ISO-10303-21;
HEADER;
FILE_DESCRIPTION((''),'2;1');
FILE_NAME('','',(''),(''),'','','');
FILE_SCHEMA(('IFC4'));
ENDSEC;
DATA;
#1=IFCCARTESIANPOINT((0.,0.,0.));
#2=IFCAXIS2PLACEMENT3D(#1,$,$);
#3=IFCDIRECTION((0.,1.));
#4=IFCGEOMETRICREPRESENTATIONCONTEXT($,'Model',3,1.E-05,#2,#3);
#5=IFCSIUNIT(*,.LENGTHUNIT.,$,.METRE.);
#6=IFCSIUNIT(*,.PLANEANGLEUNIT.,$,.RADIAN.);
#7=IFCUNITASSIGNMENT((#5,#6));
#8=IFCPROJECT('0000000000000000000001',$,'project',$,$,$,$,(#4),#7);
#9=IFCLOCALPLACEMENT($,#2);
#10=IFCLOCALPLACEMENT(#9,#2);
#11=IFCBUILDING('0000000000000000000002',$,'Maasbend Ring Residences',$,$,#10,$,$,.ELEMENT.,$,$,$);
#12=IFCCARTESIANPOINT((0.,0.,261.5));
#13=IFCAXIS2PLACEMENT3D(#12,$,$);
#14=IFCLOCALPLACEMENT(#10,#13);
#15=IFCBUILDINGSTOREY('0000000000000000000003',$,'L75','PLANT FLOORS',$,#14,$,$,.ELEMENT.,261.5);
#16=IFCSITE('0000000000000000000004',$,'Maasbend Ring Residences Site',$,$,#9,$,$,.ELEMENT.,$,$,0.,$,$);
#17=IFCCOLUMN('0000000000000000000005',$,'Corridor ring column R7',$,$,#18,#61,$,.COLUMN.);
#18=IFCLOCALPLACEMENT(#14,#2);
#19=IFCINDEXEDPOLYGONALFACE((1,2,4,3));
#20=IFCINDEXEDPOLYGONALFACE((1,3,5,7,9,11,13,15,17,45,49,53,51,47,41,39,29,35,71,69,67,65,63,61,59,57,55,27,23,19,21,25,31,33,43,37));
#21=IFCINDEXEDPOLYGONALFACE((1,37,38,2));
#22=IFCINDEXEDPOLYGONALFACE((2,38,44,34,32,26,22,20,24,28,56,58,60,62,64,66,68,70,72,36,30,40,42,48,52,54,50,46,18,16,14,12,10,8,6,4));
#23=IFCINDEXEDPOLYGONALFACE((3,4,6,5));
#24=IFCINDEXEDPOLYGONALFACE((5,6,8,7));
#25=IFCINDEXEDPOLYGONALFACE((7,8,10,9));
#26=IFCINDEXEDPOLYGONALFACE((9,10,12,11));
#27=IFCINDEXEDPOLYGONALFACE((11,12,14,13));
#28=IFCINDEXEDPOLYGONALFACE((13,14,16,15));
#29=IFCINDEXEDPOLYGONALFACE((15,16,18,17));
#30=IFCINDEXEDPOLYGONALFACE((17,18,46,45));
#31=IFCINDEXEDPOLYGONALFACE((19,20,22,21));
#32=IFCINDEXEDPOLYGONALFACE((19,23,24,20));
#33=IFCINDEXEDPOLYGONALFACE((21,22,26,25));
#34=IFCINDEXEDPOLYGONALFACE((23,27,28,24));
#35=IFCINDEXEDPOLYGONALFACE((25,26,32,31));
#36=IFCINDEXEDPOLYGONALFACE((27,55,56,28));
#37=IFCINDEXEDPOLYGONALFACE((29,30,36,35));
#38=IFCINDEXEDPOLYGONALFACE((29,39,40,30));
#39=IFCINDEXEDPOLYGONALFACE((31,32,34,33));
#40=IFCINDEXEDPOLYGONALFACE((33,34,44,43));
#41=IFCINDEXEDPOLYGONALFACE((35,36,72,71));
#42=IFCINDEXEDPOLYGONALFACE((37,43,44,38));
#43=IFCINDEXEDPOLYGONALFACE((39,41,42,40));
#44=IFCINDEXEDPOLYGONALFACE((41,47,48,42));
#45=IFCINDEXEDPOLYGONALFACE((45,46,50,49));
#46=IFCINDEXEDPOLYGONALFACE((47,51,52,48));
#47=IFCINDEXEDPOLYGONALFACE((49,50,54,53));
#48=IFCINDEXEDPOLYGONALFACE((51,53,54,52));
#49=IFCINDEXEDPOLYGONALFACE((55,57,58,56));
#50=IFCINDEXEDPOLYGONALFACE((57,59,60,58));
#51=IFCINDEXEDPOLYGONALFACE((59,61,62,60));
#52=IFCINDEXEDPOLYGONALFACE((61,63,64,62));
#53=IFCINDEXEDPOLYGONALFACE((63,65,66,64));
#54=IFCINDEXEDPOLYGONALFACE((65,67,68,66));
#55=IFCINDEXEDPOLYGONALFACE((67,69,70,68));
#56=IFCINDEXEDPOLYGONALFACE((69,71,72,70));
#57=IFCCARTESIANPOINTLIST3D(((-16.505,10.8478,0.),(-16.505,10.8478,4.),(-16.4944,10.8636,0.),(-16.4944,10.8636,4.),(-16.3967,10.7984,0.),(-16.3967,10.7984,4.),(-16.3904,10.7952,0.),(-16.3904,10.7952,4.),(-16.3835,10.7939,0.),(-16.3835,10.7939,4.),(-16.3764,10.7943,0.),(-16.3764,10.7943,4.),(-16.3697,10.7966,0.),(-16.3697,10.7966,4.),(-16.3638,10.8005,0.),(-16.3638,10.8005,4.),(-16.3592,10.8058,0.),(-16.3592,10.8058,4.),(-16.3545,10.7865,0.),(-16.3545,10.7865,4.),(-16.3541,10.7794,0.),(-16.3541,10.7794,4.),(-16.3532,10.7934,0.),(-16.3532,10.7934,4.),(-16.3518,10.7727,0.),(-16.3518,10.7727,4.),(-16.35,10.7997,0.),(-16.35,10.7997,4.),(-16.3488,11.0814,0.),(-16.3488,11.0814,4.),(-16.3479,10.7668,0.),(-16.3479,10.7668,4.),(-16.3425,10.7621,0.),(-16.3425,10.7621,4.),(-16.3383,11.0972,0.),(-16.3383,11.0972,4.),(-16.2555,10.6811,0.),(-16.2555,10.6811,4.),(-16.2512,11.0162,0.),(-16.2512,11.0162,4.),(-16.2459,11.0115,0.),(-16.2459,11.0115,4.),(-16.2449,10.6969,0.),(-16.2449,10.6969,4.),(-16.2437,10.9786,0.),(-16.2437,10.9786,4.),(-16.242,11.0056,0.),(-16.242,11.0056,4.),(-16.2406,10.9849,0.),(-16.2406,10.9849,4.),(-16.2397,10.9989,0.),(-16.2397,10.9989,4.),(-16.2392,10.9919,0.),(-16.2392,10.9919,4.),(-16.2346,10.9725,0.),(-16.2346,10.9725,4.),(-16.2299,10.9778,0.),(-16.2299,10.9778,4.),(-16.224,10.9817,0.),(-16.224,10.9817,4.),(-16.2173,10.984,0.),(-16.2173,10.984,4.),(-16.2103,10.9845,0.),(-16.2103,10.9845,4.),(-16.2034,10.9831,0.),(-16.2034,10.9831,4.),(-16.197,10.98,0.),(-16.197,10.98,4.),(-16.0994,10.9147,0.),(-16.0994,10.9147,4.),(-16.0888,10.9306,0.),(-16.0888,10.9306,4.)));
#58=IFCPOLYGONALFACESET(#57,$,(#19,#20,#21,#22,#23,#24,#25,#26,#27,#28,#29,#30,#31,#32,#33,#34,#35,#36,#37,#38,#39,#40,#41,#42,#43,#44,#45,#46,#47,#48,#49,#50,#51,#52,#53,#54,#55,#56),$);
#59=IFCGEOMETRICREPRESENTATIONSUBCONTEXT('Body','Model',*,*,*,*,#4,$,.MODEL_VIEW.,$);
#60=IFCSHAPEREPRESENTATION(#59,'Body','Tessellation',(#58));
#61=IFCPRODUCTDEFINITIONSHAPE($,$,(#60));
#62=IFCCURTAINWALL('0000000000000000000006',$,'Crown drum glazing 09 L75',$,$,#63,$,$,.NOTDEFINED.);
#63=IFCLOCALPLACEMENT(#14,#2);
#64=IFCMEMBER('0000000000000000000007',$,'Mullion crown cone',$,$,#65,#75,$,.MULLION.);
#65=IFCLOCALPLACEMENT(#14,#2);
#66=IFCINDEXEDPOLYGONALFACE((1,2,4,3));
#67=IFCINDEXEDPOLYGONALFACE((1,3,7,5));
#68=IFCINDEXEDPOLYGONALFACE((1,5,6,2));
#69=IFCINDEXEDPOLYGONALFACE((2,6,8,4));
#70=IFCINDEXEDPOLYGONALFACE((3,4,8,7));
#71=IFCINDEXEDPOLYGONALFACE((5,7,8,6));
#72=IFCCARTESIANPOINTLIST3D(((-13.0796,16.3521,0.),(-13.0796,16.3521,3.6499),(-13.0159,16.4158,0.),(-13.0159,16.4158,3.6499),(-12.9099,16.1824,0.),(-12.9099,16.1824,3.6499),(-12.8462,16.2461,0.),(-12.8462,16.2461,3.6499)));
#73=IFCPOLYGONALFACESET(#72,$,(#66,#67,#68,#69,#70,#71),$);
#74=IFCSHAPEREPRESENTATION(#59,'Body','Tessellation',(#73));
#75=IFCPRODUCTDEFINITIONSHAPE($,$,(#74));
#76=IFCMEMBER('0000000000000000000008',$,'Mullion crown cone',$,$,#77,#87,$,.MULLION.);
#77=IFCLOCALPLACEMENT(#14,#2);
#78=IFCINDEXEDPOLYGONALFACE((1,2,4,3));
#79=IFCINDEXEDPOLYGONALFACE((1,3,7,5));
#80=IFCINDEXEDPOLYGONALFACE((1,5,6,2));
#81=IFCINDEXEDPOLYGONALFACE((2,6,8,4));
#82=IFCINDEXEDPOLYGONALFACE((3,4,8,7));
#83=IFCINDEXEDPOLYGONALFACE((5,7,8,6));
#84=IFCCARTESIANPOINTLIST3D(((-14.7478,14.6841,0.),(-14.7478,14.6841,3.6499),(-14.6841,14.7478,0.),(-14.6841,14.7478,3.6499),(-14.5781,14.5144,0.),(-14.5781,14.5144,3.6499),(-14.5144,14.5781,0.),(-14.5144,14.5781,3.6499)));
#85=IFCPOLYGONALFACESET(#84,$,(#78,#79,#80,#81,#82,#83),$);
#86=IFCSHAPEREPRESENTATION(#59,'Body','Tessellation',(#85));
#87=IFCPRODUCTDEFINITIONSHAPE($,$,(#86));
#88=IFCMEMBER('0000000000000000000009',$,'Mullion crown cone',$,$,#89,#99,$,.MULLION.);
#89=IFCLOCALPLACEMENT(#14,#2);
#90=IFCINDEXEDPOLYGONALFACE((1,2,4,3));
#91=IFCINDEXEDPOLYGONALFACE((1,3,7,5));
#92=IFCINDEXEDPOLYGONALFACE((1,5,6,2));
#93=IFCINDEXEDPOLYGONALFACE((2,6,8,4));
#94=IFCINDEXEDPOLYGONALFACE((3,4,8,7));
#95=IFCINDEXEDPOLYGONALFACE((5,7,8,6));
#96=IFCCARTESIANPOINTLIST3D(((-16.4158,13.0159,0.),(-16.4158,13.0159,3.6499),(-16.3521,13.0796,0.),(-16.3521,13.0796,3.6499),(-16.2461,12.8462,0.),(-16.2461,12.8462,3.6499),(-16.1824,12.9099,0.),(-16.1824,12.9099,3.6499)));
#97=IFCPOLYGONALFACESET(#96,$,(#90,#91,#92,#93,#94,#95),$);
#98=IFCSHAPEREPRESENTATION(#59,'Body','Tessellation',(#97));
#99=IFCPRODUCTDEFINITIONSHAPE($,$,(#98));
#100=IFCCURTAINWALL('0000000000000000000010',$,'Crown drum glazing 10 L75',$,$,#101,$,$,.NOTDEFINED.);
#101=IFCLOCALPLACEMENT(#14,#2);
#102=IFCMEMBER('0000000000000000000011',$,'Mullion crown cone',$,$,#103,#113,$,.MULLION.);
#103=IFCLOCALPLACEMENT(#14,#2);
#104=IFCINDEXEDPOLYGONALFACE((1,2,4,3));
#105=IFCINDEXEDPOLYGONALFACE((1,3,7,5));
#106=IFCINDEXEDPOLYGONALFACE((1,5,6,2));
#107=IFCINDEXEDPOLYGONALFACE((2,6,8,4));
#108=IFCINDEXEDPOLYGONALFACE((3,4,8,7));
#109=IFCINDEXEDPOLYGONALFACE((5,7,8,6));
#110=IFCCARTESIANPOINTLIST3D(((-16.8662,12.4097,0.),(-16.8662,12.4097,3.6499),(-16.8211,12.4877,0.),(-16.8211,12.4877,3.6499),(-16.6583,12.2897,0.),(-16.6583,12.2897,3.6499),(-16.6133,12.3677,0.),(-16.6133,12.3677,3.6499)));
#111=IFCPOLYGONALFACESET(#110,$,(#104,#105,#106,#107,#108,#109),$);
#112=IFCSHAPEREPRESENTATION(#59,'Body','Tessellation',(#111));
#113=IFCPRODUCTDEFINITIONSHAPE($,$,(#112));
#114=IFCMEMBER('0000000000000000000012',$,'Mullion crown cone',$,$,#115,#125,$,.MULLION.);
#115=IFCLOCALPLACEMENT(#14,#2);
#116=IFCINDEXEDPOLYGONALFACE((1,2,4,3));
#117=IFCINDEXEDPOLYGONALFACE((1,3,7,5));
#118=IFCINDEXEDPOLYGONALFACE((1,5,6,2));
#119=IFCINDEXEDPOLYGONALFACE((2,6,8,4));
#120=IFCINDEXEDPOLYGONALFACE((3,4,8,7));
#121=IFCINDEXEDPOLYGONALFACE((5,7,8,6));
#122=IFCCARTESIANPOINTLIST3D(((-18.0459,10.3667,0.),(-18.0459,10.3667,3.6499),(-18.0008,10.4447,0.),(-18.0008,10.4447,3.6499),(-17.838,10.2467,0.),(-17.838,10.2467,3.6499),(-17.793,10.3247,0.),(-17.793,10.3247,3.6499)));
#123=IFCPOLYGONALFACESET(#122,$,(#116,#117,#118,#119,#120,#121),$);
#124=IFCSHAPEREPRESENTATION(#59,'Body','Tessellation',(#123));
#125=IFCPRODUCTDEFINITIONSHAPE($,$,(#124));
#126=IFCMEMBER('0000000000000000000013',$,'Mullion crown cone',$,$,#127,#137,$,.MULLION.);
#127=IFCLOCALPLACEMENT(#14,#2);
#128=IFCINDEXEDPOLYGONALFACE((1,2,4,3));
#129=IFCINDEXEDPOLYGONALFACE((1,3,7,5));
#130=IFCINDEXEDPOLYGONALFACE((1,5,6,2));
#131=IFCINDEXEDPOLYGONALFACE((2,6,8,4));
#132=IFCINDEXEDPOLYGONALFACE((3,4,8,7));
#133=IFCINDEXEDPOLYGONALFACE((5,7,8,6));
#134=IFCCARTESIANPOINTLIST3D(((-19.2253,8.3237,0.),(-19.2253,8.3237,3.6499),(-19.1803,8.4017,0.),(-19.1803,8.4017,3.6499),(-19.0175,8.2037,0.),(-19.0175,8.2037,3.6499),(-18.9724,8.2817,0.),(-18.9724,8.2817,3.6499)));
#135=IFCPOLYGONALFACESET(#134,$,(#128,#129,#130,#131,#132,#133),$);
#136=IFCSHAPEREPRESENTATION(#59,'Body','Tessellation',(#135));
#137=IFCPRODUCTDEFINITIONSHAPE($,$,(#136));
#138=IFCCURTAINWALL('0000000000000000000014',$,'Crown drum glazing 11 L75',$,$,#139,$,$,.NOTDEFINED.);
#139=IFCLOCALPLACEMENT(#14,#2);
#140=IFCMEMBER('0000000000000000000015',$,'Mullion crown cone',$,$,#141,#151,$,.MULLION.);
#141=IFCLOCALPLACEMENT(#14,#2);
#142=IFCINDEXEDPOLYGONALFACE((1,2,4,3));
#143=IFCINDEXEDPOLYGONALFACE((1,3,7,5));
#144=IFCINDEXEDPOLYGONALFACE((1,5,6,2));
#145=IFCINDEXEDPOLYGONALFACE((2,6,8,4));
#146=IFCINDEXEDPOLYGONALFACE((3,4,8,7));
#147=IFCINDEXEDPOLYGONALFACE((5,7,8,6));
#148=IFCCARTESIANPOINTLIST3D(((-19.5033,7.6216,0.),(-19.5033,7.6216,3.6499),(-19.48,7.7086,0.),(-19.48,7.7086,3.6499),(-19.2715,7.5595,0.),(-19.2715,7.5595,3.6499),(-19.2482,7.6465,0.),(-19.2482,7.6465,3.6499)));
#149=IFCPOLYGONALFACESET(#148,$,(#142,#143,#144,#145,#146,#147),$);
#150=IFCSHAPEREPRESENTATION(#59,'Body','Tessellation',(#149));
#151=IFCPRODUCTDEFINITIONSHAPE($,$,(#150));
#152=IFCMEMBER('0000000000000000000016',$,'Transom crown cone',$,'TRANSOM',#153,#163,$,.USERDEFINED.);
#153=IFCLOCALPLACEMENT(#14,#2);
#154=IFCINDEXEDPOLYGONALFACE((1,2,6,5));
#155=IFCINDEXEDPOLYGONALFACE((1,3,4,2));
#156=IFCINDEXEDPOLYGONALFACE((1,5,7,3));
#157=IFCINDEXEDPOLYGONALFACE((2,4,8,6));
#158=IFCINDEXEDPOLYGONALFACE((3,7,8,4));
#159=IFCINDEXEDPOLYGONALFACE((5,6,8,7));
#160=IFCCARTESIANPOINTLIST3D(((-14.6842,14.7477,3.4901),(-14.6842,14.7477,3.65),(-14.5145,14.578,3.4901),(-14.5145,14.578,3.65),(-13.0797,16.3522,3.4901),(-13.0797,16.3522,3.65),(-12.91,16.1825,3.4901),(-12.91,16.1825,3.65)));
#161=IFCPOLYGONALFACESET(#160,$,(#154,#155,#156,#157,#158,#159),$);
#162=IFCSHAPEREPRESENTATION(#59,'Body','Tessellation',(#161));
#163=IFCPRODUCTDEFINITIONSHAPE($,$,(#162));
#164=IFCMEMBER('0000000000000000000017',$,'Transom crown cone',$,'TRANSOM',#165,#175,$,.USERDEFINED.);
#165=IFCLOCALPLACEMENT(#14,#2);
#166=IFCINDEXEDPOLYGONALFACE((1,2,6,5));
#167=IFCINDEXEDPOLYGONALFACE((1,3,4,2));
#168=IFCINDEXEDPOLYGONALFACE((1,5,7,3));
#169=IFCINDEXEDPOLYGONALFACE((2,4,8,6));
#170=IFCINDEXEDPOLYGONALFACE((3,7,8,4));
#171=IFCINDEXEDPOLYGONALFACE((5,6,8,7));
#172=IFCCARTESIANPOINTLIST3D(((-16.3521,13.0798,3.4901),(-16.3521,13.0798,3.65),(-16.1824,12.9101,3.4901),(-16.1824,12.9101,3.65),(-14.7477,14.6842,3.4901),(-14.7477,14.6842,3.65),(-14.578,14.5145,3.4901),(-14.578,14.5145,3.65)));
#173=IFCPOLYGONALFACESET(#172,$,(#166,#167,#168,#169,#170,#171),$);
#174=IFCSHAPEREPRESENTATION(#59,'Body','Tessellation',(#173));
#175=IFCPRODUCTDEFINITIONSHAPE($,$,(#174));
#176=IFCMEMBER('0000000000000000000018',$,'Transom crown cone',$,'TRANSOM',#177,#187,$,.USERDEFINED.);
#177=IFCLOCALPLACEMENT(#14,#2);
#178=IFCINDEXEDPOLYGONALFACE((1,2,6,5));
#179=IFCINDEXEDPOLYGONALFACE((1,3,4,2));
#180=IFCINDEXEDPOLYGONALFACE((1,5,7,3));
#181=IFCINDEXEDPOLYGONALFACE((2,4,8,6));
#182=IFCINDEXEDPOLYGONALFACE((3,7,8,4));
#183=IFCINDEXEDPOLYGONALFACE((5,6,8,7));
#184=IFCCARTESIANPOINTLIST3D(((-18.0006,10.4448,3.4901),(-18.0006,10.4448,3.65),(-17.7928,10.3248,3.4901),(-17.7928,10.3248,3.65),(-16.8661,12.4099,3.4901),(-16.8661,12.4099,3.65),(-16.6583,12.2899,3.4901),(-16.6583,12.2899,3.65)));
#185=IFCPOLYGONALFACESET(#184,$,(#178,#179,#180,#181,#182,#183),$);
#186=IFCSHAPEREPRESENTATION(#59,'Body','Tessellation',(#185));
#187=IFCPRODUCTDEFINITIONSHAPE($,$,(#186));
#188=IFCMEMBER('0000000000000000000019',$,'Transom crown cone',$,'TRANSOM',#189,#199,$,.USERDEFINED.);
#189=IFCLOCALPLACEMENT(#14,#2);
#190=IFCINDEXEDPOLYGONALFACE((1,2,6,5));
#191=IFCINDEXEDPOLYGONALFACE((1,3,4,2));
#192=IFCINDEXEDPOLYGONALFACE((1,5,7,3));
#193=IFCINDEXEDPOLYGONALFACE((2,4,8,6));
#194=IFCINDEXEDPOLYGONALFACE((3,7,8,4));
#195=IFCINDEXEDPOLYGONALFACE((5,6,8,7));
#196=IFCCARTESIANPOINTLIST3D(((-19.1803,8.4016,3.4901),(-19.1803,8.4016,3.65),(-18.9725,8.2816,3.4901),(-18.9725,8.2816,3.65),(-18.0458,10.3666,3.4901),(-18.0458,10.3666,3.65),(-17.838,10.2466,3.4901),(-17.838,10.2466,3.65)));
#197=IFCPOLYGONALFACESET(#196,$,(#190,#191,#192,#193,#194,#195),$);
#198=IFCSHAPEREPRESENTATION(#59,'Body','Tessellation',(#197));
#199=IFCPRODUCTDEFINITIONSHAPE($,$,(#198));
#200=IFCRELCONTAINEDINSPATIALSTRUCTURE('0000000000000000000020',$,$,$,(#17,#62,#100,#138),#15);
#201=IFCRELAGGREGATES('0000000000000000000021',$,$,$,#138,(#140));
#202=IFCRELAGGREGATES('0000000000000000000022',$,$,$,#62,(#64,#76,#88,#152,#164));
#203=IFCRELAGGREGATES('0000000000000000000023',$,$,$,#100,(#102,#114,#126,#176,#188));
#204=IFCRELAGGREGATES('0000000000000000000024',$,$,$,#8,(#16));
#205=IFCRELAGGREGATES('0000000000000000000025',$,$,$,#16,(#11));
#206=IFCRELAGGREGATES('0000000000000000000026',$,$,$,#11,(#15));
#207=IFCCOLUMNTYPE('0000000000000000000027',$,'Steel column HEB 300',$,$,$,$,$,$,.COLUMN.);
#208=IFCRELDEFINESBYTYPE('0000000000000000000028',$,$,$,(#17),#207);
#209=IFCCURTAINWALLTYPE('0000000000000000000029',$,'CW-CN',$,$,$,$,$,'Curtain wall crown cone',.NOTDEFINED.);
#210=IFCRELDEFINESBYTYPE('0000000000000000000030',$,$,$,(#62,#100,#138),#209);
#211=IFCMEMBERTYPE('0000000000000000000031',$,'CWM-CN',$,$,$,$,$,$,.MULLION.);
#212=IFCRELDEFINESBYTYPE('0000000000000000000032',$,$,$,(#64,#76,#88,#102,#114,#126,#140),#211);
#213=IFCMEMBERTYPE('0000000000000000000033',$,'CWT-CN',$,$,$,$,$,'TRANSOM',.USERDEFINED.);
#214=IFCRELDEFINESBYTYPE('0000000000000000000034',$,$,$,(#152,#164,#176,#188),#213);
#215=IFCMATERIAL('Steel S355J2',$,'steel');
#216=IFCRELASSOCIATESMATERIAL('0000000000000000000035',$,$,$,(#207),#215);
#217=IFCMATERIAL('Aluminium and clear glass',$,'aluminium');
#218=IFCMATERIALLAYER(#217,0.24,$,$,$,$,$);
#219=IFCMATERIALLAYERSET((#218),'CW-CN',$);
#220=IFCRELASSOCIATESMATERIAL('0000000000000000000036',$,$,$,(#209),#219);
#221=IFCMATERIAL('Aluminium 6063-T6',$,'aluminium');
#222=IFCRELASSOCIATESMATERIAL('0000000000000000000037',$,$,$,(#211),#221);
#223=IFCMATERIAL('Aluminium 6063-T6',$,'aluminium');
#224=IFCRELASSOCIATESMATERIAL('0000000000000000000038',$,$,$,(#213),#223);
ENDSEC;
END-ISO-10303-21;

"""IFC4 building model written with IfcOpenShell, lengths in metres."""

from ifc_helpers import new_model, si_unit, direction, frame, origin, origin_2d, place, context, subcontext, project, spatial, rectangle, i_section, extrude, material, layer, layer_set, material_profile, profile_set, type_object, element, aggregate, save


model = new_model("IFC4")

# Units and contexts
model_context = context("Model", 3, precision=1e-05, world=origin(), true_north=direction((0.0, 1.0)))
body_context = subcontext(model_context, "Body", "Model", "MODEL_VIEW")
ifc_project = project(units=[si_unit("LENGTHUNIT", "METRE"), si_unit("PLANEANGLEUNIT", "RADIAN")], contexts=[model_context])

# Site, building, storey
site_placement = place(None, origin())
site = spatial("IfcSite", under=ifc_project, at=site_placement, Name="Maasbend Ring Residences Site", CompositionType="ELEMENT", RefElevation=0.0)
building_placement = place(site_placement, origin())
building = spatial("IfcBuilding", under=site, at=building_placement, Name="Maasbend Ring Residences", CompositionType="ELEMENT")
storey_placement = place(building_placement, frame((0.0, 0.0, 261.5)))
storey = spatial("IfcBuildingStorey", under=building, at=storey_placement, Name="L75", Description="PLANT FLOORS", CompositionType="ELEMENT", Elevation=261.5)

# Column
ifc_material_1 = material(Name="Steel S355J2", Category="steel")
ifc_material_profile_1 = material_profile(ifc_material_1, i_section(OverallWidth=0.3, OverallDepth=0.3, WebThickness=0.011, FlangeThickness=0.019, FilletRadius=0.0271, at=origin_2d()), Name="HEB 300")
ifc_profile_set_1 = profile_set([ifc_material_profile_1], Name="Steel S355J2")
column_type = type_object("IfcColumnType", Name="Steel column HEB 300", PredefinedType="COLUMN", material=ifc_profile_set_1)
column_placement = place(storey_placement, frame((-16.2969, 10.8892, 0.0), z_axis=(0.0, 0.0, 1.0), x_axis=(-0.83147, 0.55557, 0.0)))
element("IfcColumn", 1, at=column_placement, inside=storey, type_object=column_type, Name="Corridor ring column R7", PredefinedType="COLUMN", context=body_context, shape_type="SweptSolid", body=[
    extrude(i_section(OverallWidth=0.3, OverallDepth=0.3, WebThickness=0.011, FlangeThickness=0.019, FilletRadius=0.0271, at=origin_2d()), origin(), (0.0, 0.0, 1.0), 4.0),
])

# Curtain walls, members
ifc_material_2 = material(Name="Aluminium and clear glass", Category="aluminium")
ifc_layer_1 = layer(ifc_material_2, 0.24)
ifc_layer_set_1 = layer_set([ifc_layer_1], Name="CW-CN")
curtain_wall_type = type_object("IfcCurtainWallType", Name="CW-CN", ElementType="Curtain wall crown cone", PredefinedType="NOTDEFINED", material=ifc_layer_set_1)
curtain_wall_1_placement = place(storey_placement, origin())
curtain_wall_1 = element("IfcCurtainWall", 2, at=curtain_wall_1_placement, inside=storey, type_object=curtain_wall_type, Name="Crown drum glazing 09 L75", PredefinedType="NOTDEFINED")
ifc_material_3 = material(Name="Aluminium 6063-T6", Category="aluminium")
ifc_material_profile_2 = material_profile(ifc_material_3, rectangle(XDim=0.24, YDim=0.0901, at=origin_2d()), Name="AL 240x90")
ifc_profile_set_2 = profile_set([ifc_material_profile_2], Name="Aluminium 6063-T6")
member_type_1 = type_object("IfcMemberType", Name="CWM-CN", PredefinedType="MULLION", material=ifc_profile_set_2)
member_1_placement = place(storey_placement, frame((-12.9629, 16.2991, 0.0), z_axis=(0.0, 0.0, 1.0), x_axis=(0.707107, -0.707107, 0.0)))
member_1 = element("IfcMember", 3, at=member_1_placement, type_object=member_type_1, Name="Mullion crown cone", PredefinedType="MULLION", context=body_context, shape_type="SweptSolid", body=[
    extrude(rectangle(XDim=0.24, YDim=0.0901, at=origin_2d()), origin(), (0.0, 0.0, 1.0), 3.6499),
])
member_2_placement = place(storey_placement, frame((-14.6311, 14.6311, 0.0), z_axis=(0.0, 0.0, 1.0), x_axis=(0.707107, -0.707107, 0.0)))
member_2 = element("IfcMember", 4, at=member_2_placement, type_object=member_type_1, Name="Mullion crown cone", PredefinedType="MULLION", context=body_context, shape_type="SweptSolid", body=[
    extrude(rectangle(XDim=0.24, YDim=0.0901, at=origin_2d()), origin(), (0.0, 0.0, 1.0), 3.6499),
])
member_3_placement = place(storey_placement, frame((-16.2991, 12.9629, 0.0), z_axis=(0.0, 0.0, 1.0), x_axis=(0.707107, -0.707107, 0.0)))
member_3 = element("IfcMember", 5, at=member_3_placement, type_object=member_type_1, Name="Mullion crown cone", PredefinedType="MULLION", context=body_context, shape_type="SweptSolid", body=[
    extrude(rectangle(XDim=0.24, YDim=0.0901, at=origin_2d()), origin(), (0.0, 0.0, 1.0), 3.6499),
])
curtain_wall_2_placement = place(storey_placement, origin())
curtain_wall_2 = element("IfcCurtainWall", 6, at=curtain_wall_2_placement, inside=storey, type_object=curtain_wall_type, Name="Crown drum glazing 10 L75", PredefinedType="NOTDEFINED")
member_4_placement = place(storey_placement, frame((-16.7397, 12.3887, 0.0), z_axis=(0.0, 0.0, 1.0), x_axis=(0.866025, -0.5, 0.0)))
member_4 = element("IfcMember", 7, at=member_4_placement, type_object=member_type_1, Name="Mullion crown cone", PredefinedType="MULLION", context=body_context, shape_type="SweptSolid", body=[
    extrude(rectangle(XDim=0.24, YDim=0.0901, at=origin_2d()), origin(), (0.0, 0.0, 1.0), 3.6499),
])
member_5_placement = place(storey_placement, frame((-17.9194, 10.3457, 0.0), z_axis=(0.0, 0.0, 1.0), x_axis=(0.866025, -0.5, 0.0)))
member_5 = element("IfcMember", 8, at=member_5_placement, type_object=member_type_1, Name="Mullion crown cone", PredefinedType="MULLION", context=body_context, shape_type="SweptSolid", body=[
    extrude(rectangle(XDim=0.24, YDim=0.0901, at=origin_2d()), origin(), (0.0, 0.0, 1.0), 3.6499),
])
member_6_placement = place(storey_placement, frame((-19.0989, 8.3027, 0.0), z_axis=(0.0, 0.0, 1.0), x_axis=(0.866025, -0.5, 0.0)))
member_6 = element("IfcMember", 9, at=member_6_placement, type_object=member_type_1, Name="Mullion crown cone", PredefinedType="MULLION", context=body_context, shape_type="SweptSolid", body=[
    extrude(rectangle(XDim=0.24, YDim=0.0901, at=origin_2d()), origin(), (0.0, 0.0, 1.0), 3.6499),
])

# Curtain wall, member
curtain_wall_3_placement = place(storey_placement, origin())
curtain_wall_3 = element("IfcCurtainWall", 10, at=curtain_wall_3_placement, inside=storey, type_object=curtain_wall_type, Name="Crown drum glazing 11 L75", PredefinedType="NOTDEFINED")
member_7_placement = place(storey_placement, frame((-19.3757, 7.634, 0.0), z_axis=(0.0, 0.0, 1.0), x_axis=(0.965926, -0.258819, 0.0)))
member_7 = element("IfcMember", 11, at=member_7_placement, type_object=member_type_1, Name="Mullion crown cone", PredefinedType="MULLION", context=body_context, shape_type="SweptSolid", body=[
    extrude(rectangle(XDim=0.24, YDim=0.0901, at=origin_2d()), origin(), (0.0, 0.0, 1.0), 3.6499),
])
aggregate(curtain_wall_3, [member_7])

# Members
ifc_material_4 = material(Name="Aluminium 6063-T6", Category="aluminium")
ifc_material_profile_3 = material_profile(ifc_material_4, rectangle(XDim=0.24, YDim=0.1599, at=origin_2d()), Name="AL 240x160")
ifc_profile_set_3 = profile_set([ifc_material_profile_3], Name="Aluminium 6063-T6")
member_type_2 = type_object("IfcMemberType", Name="CWT-CN", ElementType="TRANSOM", PredefinedType="USERDEFINED", material=ifc_profile_set_3)
member_8_placement = place(storey_placement, frame((-12.9949, 16.2673, 3.5701), z_axis=(-0.707107, -0.707107, 0.0), x_axis=(0.707107, -0.707107, 0.0)))
member_8 = element("IfcMember", 12, at=member_8_placement, type_object=member_type_2, Name="Transom crown cone", ObjectType="TRANSOM", PredefinedType="USERDEFINED", context=body_context, shape_type="SweptSolid", body=[
    extrude(rectangle(XDim=0.24, YDim=0.1599, at=origin_2d()), origin(), (0.0, 0.0, 1.0), 2.269),
])
member_9_placement = place(storey_placement, frame((-14.6628, 14.5994, 3.5701), z_axis=(-0.707107, -0.707107, 0.0), x_axis=(0.707107, -0.707107, 0.0)))
member_9 = element("IfcMember", 13, at=member_9_placement, type_object=member_type_2, Name="Transom crown cone", ObjectType="TRANSOM", PredefinedType="USERDEFINED", context=body_context, shape_type="SweptSolid", body=[
    extrude(rectangle(XDim=0.24, YDim=0.1599, at=origin_2d()), origin(), (0.0, 0.0, 1.0), 2.269),
])
member_10_placement = place(storey_placement, frame((-16.7622, 12.3499, 3.5701), z_axis=(-0.499993, -0.86603, 0.0), x_axis=(0.86603, -0.499993, 0.0)))
member_10 = element("IfcMember", 14, at=member_10_placement, type_object=member_type_2, Name="Transom crown cone", ObjectType="TRANSOM", PredefinedType="USERDEFINED", context=body_context, shape_type="SweptSolid", body=[
    extrude(rectangle(XDim=0.24, YDim=0.1599, at=origin_2d()), origin(), (0.0, 0.0, 1.0), 2.269),
])
member_11_placement = place(storey_placement, frame((-17.9419, 10.3066, 3.5701), z_axis=(-0.499993, -0.86603, 0.0), x_axis=(0.86603, -0.499993, 0.0)))
member_11 = element("IfcMember", 15, at=member_11_placement, type_object=member_type_2, Name="Transom crown cone", ObjectType="TRANSOM", PredefinedType="USERDEFINED", context=body_context, shape_type="SweptSolid", body=[
    extrude(rectangle(XDim=0.24, YDim=0.1599, at=origin_2d()), origin(), (0.0, 0.0, 1.0), 2.269),
])

aggregate(curtain_wall_1, [member_1, member_2, member_3, member_8, member_9])
aggregate(curtain_wall_2, [member_4, member_5, member_6, member_10, member_11])

save(model, "model.ifc")
